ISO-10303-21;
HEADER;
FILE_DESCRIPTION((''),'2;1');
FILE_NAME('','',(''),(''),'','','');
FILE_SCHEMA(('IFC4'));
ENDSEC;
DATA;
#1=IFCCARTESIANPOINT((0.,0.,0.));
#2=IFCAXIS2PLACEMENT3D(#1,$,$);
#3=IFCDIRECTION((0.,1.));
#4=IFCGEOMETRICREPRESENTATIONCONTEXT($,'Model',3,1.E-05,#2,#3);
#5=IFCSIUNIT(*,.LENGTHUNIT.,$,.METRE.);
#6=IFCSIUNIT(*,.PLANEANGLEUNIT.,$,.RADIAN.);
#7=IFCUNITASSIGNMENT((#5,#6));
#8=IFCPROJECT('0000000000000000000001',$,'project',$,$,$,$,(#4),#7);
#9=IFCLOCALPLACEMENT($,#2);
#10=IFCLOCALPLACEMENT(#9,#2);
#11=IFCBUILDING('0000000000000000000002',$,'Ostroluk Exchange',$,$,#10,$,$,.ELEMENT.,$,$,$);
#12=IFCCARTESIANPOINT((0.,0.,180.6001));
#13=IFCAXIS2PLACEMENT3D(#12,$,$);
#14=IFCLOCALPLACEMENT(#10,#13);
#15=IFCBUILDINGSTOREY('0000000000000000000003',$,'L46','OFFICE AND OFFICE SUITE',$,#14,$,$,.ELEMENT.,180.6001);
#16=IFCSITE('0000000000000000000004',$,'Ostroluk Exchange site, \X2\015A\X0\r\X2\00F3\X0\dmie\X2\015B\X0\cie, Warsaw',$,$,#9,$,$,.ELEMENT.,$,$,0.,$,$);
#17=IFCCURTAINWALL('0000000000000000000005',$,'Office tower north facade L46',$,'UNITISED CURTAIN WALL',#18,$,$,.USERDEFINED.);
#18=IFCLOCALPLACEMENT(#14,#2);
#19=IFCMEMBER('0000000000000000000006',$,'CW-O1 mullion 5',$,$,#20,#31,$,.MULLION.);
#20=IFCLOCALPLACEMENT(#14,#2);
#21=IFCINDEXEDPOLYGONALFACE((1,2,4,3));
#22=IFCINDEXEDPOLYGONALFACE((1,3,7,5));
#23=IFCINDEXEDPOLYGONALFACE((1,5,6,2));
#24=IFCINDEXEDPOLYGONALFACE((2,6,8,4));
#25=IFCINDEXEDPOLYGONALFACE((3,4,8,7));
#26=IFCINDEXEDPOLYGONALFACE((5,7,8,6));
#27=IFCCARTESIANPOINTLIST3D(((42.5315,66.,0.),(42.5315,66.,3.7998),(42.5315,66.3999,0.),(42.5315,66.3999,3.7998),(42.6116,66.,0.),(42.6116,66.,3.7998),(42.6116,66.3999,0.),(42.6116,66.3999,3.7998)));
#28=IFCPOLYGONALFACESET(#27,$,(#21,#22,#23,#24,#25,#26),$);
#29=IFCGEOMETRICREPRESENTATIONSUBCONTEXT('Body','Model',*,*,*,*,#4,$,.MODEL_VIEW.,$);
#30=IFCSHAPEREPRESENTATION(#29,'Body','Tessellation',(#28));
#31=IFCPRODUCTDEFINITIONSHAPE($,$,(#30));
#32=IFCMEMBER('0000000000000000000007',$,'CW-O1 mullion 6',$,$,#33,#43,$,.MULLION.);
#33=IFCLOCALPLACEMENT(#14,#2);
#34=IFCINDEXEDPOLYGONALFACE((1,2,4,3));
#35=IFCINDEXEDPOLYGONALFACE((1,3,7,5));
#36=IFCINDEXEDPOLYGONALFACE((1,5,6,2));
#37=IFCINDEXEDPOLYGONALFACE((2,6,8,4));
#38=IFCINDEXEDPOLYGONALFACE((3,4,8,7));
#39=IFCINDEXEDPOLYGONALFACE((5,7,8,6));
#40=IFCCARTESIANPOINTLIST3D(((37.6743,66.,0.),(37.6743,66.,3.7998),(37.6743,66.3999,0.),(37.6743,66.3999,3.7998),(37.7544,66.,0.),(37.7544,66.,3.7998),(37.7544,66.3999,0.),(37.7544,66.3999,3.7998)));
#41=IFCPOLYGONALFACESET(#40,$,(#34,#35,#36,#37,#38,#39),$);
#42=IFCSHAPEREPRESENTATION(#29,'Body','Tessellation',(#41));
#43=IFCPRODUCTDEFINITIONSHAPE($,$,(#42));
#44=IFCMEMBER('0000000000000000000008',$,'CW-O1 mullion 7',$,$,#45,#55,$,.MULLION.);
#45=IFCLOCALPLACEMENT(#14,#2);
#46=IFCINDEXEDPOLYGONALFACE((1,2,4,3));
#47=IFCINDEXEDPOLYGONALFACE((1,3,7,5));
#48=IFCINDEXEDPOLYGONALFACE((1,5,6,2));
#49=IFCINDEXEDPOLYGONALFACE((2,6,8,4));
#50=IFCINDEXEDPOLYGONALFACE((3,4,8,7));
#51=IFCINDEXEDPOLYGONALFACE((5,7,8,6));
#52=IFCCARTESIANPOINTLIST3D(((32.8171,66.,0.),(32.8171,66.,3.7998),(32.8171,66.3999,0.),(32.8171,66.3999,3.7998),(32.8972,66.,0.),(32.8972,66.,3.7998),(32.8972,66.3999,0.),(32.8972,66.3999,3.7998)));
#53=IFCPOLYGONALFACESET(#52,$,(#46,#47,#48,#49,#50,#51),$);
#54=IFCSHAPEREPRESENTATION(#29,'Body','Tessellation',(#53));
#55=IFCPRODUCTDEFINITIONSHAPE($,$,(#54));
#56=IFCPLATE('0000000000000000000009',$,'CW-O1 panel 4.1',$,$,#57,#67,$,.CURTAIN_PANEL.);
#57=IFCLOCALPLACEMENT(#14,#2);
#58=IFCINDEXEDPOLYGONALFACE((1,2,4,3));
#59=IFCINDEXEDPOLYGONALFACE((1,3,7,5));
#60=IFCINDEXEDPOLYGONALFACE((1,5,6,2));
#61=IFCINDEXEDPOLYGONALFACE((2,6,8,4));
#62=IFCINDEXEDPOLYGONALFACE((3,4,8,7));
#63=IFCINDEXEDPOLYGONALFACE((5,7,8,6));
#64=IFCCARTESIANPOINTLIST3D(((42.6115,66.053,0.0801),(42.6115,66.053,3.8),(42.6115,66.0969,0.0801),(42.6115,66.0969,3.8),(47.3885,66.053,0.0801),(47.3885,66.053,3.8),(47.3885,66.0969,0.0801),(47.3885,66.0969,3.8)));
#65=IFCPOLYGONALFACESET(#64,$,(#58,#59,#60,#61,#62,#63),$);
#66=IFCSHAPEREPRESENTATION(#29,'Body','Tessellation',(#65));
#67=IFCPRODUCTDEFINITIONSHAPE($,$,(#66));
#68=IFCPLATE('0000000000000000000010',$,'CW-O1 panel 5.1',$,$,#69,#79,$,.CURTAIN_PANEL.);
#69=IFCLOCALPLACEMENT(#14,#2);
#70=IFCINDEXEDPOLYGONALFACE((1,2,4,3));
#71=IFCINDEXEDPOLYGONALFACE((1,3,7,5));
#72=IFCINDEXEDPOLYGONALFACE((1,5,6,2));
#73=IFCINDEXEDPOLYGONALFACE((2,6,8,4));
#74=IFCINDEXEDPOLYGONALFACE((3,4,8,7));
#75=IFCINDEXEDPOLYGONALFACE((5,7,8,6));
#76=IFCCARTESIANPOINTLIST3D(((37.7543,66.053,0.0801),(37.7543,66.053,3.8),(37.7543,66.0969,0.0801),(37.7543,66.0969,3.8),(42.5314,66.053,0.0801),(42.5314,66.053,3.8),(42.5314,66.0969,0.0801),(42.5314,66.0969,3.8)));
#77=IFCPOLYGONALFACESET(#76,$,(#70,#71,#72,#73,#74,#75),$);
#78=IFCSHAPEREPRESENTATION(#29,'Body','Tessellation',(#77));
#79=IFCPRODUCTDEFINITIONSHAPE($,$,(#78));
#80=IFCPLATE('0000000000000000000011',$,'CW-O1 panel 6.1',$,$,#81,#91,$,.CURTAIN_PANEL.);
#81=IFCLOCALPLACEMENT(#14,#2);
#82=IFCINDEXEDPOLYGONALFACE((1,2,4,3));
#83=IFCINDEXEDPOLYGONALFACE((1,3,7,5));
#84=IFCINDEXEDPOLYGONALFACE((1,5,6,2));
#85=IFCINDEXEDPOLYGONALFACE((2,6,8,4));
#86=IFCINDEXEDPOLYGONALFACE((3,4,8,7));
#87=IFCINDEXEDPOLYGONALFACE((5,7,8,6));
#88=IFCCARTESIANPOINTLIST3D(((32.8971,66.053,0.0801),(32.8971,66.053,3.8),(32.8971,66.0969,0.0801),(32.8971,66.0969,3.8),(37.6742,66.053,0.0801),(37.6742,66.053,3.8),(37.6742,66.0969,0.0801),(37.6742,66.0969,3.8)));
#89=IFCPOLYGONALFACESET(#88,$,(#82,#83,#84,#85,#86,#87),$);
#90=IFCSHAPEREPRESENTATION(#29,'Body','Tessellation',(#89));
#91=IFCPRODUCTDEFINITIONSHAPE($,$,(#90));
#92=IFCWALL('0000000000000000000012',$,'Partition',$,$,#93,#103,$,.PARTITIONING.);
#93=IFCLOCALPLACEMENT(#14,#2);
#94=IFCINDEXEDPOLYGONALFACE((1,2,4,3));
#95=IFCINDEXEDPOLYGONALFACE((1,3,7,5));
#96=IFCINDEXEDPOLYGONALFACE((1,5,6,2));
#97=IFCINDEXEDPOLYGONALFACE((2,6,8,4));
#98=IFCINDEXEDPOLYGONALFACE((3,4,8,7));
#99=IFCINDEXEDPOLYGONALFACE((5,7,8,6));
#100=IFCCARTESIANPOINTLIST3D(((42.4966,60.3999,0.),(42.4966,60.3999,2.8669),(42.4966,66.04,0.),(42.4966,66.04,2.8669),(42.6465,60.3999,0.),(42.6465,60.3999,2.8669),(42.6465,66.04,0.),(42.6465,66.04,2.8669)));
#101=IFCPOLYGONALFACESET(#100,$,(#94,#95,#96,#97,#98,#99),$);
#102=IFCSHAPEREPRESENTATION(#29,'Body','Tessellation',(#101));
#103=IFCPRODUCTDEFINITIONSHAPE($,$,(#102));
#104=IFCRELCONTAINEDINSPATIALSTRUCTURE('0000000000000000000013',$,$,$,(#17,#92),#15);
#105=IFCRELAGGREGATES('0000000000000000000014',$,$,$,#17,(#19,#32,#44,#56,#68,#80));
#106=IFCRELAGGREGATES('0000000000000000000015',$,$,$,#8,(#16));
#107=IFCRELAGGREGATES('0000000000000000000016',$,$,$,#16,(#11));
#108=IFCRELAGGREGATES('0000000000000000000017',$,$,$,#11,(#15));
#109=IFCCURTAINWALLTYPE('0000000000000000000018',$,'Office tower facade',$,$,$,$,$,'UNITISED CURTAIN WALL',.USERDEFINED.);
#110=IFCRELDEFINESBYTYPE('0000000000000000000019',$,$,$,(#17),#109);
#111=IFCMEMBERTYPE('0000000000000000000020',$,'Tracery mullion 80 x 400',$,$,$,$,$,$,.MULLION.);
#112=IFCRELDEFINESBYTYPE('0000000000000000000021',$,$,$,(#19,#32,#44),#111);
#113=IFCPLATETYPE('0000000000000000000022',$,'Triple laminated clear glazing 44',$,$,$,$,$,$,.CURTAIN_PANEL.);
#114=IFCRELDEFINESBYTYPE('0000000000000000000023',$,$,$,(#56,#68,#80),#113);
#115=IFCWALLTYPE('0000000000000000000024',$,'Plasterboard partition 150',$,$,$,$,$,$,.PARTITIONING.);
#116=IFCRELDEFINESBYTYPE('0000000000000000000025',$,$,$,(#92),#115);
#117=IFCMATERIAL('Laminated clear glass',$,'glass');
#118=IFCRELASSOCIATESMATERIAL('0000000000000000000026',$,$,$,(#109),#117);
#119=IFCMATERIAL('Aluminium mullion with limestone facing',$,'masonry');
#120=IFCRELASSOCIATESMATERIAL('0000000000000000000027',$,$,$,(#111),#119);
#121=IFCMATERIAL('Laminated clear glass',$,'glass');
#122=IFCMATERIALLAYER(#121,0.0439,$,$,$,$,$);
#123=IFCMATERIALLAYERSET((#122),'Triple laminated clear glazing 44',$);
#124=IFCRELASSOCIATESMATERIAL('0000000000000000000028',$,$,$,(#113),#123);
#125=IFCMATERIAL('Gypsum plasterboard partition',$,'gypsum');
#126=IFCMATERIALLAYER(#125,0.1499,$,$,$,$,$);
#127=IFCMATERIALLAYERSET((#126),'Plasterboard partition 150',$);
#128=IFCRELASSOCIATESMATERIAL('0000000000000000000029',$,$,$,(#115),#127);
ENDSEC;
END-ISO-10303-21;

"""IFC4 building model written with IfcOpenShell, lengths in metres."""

from ifc_helpers import new_model, si_unit, direction, frame, frame_2d, origin, origin_2d, place, context, subcontext, project, spatial, rectangle, extrude, material, layer, layer_set, material_profile, profile_set, type_object, element, aggregate, save


model = new_model("IFC4")

# Units and contexts
model_context = context("Model", 3, precision=1e-05, world=origin(), true_north=direction((0.0, 1.0)))
body_context = subcontext(model_context, "Body", "Model", "MODEL_VIEW")
ifc_project = project(units=[si_unit("LENGTHUNIT", "METRE"), si_unit("PLANEANGLEUNIT", "RADIAN")], contexts=[model_context])

# Site, building, storey
site_placement = place(None, origin())
site = spatial("IfcSite", under=ifc_project, at=site_placement, Name="Ostroluk Exchange site, Śródmieście, Warsaw", CompositionType="ELEMENT", RefElevation=0.0)
building_placement = place(site_placement, origin())
building = spatial("IfcBuilding", under=site, at=building_placement, Name="Ostroluk Exchange", CompositionType="ELEMENT")
storey_placement = place(building_placement, frame((0.0, 0.0, 180.6001)))
storey = spatial("IfcBuildingStorey", under=building, at=storey_placement, Name="L46", Description="OFFICE AND OFFICE SUITE", CompositionType="ELEMENT", Elevation=180.6001)

# Curtain wall, members, plates
ifc_material_1 = material(Name="Laminated clear glass", Category="glass")
curtain_wall_type = type_object("IfcCurtainWallType", Name="Office tower facade", ElementType="UNITISED CURTAIN WALL", PredefinedType="USERDEFINED", material=ifc_material_1)
curtain_wall_placement = place(storey_placement, origin())
curtain_wall = element("IfcCurtainWall", 1, at=curtain_wall_placement, inside=storey, type_object=curtain_wall_type, Name="Office tower north facade L46", ObjectType="UNITISED CURTAIN WALL", PredefinedType="USERDEFINED")
ifc_material_2 = material(Name="Aluminium mullion with limestone facing", Category="masonry")
ifc_material_profile_1 = material_profile(ifc_material_2, rectangle(XDim=0.3999, YDim=0.0801, at=origin_2d()), Name="Tracery mullion 80 x 400")
ifc_profile_set_1 = profile_set([ifc_material_profile_1], Name="Aluminium mullion with limestone facing")
member_type_1 = type_object("IfcMemberType", Name="Tracery mullion 80 x 400", PredefinedType="MULLION", material=ifc_profile_set_1)
member_1_placement = place(storey_placement, frame((42.5715, 66.2, 0.0), z_axis=(0.0, 0.0, 1.0), x_axis=(0.0, -1.0, 0.0)))
member_1 = element("IfcMember", 2, at=member_1_placement, type_object=member_type_1, Name="CW-O1 mullion 5", PredefinedType="MULLION", context=body_context, shape_type="SweptSolid", body=[
    extrude(rectangle(XDim=0.3999, YDim=0.0801, at=origin_2d()), origin(), (0.0, 0.0, 1.0), 3.7998),
])
member_2_placement = place(storey_placement, frame((37.7144, 66.2, 0.0), z_axis=(0.0, 0.0, 1.0), x_axis=(0.0, -1.0, 0.0)))
member_2 = element("IfcMember", 3, at=member_2_placement, type_object=member_type_1, Name="CW-O1 mullion 6", PredefinedType="MULLION", context=body_context, shape_type="SweptSolid", body=[
    extrude(rectangle(XDim=0.3999, YDim=0.0801, at=origin_2d()), origin(), (0.0, 0.0, 1.0), 3.7998),
])
member_3_placement = place(storey_placement, frame((32.8572, 66.2, 0.0), z_axis=(0.0, 0.0, 1.0), x_axis=(0.0, -1.0, 0.0)))
member_3 = element("IfcMember", 4, at=member_3_placement, type_object=member_type_1, Name="CW-O1 mullion 7", PredefinedType="MULLION", context=body_context, shape_type="SweptSolid", body=[
    extrude(rectangle(XDim=0.3999, YDim=0.0801, at=origin_2d()), origin(), (0.0, 0.0, 1.0), 3.7998),
])
ifc_material_3 = material(Name="Laminated clear glass", Category="glass")
ifc_layer_1 = layer(ifc_material_3, 0.0439)
ifc_layer_set_1 = layer_set([ifc_layer_1], Name="Triple laminated clear glazing 44")
plate_type = type_object("IfcPlateType", Name="Triple laminated clear glazing 44", PredefinedType="CURTAIN_PANEL", material=ifc_layer_set_1)
plate_1_placement = place(storey_placement, frame((45.0, 66.075, 0.0801), z_axis=(0.0, 0.0, 1.0), x_axis=(-1.0, 0.0, 0.0)))
plate_1 = element("IfcPlate", 5, at=plate_1_placement, type_object=plate_type, Name="CW-O1 panel 4.1", PredefinedType="CURTAIN_PANEL", context=body_context, shape_type="SweptSolid", body=[
    extrude(rectangle(XDim=4.7771, YDim=0.0439, at=origin_2d()), origin(), (0.0, 0.0, 1.0), 3.72),
])
plate_2_placement = place(storey_placement, frame((40.1428, 66.075, 0.0801), z_axis=(0.0, 0.0, 1.0), x_axis=(-1.0, 0.0, 0.0)))
plate_2 = element("IfcPlate", 6, at=plate_2_placement, type_object=plate_type, Name="CW-O1 panel 5.1", PredefinedType="CURTAIN_PANEL", context=body_context, shape_type="SweptSolid", body=[
    extrude(rectangle(XDim=4.7771, YDim=0.0439, at=origin_2d()), origin(), (0.0, 0.0, 1.0), 3.72),
])
plate_3_placement = place(storey_placement, frame((35.2856, 66.075, 0.0801), z_axis=(0.0, 0.0, 1.0), x_axis=(-1.0, 0.0, 0.0)))
plate_3 = element("IfcPlate", 7, at=plate_3_placement, type_object=plate_type, Name="CW-O1 panel 6.1", PredefinedType="CURTAIN_PANEL", context=body_context, shape_type="SweptSolid", body=[
    extrude(rectangle(XDim=4.7771, YDim=0.0439, at=origin_2d()), origin(), (0.0, 0.0, 1.0), 3.72),
])
aggregate(curtain_wall, [member_1, member_2, member_3, plate_1, plate_2, plate_3])

# Wall
ifc_material_4 = material(Name="Gypsum plasterboard partition", Category="gypsum")
ifc_layer_2 = layer(ifc_material_4, 0.1499)
ifc_layer_set_2 = layer_set([ifc_layer_2], Name="Plasterboard partition 150")
wall_type = type_object("IfcWallType", Name="Plasterboard partition 150", PredefinedType="PARTITIONING", material=ifc_layer_set_2)
wall_1_placement = place(storey_placement, frame((42.5715, 60.3999, 0.0), z_axis=(0.0, 0.0, 1.0), x_axis=(0.0, 1.0, 0.0)))
element("IfcWall", 8, at=wall_1_placement, inside=storey, type_object=wall_type, Name="Partition", PredefinedType="PARTITIONING", context=body_context, shape_type="SweptSolid", body=[
    extrude(rectangle(XDim=5.6401, YDim=0.1499, at=frame_2d((2.8201, 0.0))), origin(), (0.0, 0.0, 1.0), 2.8669),
])

save(model, "model.ifc")
